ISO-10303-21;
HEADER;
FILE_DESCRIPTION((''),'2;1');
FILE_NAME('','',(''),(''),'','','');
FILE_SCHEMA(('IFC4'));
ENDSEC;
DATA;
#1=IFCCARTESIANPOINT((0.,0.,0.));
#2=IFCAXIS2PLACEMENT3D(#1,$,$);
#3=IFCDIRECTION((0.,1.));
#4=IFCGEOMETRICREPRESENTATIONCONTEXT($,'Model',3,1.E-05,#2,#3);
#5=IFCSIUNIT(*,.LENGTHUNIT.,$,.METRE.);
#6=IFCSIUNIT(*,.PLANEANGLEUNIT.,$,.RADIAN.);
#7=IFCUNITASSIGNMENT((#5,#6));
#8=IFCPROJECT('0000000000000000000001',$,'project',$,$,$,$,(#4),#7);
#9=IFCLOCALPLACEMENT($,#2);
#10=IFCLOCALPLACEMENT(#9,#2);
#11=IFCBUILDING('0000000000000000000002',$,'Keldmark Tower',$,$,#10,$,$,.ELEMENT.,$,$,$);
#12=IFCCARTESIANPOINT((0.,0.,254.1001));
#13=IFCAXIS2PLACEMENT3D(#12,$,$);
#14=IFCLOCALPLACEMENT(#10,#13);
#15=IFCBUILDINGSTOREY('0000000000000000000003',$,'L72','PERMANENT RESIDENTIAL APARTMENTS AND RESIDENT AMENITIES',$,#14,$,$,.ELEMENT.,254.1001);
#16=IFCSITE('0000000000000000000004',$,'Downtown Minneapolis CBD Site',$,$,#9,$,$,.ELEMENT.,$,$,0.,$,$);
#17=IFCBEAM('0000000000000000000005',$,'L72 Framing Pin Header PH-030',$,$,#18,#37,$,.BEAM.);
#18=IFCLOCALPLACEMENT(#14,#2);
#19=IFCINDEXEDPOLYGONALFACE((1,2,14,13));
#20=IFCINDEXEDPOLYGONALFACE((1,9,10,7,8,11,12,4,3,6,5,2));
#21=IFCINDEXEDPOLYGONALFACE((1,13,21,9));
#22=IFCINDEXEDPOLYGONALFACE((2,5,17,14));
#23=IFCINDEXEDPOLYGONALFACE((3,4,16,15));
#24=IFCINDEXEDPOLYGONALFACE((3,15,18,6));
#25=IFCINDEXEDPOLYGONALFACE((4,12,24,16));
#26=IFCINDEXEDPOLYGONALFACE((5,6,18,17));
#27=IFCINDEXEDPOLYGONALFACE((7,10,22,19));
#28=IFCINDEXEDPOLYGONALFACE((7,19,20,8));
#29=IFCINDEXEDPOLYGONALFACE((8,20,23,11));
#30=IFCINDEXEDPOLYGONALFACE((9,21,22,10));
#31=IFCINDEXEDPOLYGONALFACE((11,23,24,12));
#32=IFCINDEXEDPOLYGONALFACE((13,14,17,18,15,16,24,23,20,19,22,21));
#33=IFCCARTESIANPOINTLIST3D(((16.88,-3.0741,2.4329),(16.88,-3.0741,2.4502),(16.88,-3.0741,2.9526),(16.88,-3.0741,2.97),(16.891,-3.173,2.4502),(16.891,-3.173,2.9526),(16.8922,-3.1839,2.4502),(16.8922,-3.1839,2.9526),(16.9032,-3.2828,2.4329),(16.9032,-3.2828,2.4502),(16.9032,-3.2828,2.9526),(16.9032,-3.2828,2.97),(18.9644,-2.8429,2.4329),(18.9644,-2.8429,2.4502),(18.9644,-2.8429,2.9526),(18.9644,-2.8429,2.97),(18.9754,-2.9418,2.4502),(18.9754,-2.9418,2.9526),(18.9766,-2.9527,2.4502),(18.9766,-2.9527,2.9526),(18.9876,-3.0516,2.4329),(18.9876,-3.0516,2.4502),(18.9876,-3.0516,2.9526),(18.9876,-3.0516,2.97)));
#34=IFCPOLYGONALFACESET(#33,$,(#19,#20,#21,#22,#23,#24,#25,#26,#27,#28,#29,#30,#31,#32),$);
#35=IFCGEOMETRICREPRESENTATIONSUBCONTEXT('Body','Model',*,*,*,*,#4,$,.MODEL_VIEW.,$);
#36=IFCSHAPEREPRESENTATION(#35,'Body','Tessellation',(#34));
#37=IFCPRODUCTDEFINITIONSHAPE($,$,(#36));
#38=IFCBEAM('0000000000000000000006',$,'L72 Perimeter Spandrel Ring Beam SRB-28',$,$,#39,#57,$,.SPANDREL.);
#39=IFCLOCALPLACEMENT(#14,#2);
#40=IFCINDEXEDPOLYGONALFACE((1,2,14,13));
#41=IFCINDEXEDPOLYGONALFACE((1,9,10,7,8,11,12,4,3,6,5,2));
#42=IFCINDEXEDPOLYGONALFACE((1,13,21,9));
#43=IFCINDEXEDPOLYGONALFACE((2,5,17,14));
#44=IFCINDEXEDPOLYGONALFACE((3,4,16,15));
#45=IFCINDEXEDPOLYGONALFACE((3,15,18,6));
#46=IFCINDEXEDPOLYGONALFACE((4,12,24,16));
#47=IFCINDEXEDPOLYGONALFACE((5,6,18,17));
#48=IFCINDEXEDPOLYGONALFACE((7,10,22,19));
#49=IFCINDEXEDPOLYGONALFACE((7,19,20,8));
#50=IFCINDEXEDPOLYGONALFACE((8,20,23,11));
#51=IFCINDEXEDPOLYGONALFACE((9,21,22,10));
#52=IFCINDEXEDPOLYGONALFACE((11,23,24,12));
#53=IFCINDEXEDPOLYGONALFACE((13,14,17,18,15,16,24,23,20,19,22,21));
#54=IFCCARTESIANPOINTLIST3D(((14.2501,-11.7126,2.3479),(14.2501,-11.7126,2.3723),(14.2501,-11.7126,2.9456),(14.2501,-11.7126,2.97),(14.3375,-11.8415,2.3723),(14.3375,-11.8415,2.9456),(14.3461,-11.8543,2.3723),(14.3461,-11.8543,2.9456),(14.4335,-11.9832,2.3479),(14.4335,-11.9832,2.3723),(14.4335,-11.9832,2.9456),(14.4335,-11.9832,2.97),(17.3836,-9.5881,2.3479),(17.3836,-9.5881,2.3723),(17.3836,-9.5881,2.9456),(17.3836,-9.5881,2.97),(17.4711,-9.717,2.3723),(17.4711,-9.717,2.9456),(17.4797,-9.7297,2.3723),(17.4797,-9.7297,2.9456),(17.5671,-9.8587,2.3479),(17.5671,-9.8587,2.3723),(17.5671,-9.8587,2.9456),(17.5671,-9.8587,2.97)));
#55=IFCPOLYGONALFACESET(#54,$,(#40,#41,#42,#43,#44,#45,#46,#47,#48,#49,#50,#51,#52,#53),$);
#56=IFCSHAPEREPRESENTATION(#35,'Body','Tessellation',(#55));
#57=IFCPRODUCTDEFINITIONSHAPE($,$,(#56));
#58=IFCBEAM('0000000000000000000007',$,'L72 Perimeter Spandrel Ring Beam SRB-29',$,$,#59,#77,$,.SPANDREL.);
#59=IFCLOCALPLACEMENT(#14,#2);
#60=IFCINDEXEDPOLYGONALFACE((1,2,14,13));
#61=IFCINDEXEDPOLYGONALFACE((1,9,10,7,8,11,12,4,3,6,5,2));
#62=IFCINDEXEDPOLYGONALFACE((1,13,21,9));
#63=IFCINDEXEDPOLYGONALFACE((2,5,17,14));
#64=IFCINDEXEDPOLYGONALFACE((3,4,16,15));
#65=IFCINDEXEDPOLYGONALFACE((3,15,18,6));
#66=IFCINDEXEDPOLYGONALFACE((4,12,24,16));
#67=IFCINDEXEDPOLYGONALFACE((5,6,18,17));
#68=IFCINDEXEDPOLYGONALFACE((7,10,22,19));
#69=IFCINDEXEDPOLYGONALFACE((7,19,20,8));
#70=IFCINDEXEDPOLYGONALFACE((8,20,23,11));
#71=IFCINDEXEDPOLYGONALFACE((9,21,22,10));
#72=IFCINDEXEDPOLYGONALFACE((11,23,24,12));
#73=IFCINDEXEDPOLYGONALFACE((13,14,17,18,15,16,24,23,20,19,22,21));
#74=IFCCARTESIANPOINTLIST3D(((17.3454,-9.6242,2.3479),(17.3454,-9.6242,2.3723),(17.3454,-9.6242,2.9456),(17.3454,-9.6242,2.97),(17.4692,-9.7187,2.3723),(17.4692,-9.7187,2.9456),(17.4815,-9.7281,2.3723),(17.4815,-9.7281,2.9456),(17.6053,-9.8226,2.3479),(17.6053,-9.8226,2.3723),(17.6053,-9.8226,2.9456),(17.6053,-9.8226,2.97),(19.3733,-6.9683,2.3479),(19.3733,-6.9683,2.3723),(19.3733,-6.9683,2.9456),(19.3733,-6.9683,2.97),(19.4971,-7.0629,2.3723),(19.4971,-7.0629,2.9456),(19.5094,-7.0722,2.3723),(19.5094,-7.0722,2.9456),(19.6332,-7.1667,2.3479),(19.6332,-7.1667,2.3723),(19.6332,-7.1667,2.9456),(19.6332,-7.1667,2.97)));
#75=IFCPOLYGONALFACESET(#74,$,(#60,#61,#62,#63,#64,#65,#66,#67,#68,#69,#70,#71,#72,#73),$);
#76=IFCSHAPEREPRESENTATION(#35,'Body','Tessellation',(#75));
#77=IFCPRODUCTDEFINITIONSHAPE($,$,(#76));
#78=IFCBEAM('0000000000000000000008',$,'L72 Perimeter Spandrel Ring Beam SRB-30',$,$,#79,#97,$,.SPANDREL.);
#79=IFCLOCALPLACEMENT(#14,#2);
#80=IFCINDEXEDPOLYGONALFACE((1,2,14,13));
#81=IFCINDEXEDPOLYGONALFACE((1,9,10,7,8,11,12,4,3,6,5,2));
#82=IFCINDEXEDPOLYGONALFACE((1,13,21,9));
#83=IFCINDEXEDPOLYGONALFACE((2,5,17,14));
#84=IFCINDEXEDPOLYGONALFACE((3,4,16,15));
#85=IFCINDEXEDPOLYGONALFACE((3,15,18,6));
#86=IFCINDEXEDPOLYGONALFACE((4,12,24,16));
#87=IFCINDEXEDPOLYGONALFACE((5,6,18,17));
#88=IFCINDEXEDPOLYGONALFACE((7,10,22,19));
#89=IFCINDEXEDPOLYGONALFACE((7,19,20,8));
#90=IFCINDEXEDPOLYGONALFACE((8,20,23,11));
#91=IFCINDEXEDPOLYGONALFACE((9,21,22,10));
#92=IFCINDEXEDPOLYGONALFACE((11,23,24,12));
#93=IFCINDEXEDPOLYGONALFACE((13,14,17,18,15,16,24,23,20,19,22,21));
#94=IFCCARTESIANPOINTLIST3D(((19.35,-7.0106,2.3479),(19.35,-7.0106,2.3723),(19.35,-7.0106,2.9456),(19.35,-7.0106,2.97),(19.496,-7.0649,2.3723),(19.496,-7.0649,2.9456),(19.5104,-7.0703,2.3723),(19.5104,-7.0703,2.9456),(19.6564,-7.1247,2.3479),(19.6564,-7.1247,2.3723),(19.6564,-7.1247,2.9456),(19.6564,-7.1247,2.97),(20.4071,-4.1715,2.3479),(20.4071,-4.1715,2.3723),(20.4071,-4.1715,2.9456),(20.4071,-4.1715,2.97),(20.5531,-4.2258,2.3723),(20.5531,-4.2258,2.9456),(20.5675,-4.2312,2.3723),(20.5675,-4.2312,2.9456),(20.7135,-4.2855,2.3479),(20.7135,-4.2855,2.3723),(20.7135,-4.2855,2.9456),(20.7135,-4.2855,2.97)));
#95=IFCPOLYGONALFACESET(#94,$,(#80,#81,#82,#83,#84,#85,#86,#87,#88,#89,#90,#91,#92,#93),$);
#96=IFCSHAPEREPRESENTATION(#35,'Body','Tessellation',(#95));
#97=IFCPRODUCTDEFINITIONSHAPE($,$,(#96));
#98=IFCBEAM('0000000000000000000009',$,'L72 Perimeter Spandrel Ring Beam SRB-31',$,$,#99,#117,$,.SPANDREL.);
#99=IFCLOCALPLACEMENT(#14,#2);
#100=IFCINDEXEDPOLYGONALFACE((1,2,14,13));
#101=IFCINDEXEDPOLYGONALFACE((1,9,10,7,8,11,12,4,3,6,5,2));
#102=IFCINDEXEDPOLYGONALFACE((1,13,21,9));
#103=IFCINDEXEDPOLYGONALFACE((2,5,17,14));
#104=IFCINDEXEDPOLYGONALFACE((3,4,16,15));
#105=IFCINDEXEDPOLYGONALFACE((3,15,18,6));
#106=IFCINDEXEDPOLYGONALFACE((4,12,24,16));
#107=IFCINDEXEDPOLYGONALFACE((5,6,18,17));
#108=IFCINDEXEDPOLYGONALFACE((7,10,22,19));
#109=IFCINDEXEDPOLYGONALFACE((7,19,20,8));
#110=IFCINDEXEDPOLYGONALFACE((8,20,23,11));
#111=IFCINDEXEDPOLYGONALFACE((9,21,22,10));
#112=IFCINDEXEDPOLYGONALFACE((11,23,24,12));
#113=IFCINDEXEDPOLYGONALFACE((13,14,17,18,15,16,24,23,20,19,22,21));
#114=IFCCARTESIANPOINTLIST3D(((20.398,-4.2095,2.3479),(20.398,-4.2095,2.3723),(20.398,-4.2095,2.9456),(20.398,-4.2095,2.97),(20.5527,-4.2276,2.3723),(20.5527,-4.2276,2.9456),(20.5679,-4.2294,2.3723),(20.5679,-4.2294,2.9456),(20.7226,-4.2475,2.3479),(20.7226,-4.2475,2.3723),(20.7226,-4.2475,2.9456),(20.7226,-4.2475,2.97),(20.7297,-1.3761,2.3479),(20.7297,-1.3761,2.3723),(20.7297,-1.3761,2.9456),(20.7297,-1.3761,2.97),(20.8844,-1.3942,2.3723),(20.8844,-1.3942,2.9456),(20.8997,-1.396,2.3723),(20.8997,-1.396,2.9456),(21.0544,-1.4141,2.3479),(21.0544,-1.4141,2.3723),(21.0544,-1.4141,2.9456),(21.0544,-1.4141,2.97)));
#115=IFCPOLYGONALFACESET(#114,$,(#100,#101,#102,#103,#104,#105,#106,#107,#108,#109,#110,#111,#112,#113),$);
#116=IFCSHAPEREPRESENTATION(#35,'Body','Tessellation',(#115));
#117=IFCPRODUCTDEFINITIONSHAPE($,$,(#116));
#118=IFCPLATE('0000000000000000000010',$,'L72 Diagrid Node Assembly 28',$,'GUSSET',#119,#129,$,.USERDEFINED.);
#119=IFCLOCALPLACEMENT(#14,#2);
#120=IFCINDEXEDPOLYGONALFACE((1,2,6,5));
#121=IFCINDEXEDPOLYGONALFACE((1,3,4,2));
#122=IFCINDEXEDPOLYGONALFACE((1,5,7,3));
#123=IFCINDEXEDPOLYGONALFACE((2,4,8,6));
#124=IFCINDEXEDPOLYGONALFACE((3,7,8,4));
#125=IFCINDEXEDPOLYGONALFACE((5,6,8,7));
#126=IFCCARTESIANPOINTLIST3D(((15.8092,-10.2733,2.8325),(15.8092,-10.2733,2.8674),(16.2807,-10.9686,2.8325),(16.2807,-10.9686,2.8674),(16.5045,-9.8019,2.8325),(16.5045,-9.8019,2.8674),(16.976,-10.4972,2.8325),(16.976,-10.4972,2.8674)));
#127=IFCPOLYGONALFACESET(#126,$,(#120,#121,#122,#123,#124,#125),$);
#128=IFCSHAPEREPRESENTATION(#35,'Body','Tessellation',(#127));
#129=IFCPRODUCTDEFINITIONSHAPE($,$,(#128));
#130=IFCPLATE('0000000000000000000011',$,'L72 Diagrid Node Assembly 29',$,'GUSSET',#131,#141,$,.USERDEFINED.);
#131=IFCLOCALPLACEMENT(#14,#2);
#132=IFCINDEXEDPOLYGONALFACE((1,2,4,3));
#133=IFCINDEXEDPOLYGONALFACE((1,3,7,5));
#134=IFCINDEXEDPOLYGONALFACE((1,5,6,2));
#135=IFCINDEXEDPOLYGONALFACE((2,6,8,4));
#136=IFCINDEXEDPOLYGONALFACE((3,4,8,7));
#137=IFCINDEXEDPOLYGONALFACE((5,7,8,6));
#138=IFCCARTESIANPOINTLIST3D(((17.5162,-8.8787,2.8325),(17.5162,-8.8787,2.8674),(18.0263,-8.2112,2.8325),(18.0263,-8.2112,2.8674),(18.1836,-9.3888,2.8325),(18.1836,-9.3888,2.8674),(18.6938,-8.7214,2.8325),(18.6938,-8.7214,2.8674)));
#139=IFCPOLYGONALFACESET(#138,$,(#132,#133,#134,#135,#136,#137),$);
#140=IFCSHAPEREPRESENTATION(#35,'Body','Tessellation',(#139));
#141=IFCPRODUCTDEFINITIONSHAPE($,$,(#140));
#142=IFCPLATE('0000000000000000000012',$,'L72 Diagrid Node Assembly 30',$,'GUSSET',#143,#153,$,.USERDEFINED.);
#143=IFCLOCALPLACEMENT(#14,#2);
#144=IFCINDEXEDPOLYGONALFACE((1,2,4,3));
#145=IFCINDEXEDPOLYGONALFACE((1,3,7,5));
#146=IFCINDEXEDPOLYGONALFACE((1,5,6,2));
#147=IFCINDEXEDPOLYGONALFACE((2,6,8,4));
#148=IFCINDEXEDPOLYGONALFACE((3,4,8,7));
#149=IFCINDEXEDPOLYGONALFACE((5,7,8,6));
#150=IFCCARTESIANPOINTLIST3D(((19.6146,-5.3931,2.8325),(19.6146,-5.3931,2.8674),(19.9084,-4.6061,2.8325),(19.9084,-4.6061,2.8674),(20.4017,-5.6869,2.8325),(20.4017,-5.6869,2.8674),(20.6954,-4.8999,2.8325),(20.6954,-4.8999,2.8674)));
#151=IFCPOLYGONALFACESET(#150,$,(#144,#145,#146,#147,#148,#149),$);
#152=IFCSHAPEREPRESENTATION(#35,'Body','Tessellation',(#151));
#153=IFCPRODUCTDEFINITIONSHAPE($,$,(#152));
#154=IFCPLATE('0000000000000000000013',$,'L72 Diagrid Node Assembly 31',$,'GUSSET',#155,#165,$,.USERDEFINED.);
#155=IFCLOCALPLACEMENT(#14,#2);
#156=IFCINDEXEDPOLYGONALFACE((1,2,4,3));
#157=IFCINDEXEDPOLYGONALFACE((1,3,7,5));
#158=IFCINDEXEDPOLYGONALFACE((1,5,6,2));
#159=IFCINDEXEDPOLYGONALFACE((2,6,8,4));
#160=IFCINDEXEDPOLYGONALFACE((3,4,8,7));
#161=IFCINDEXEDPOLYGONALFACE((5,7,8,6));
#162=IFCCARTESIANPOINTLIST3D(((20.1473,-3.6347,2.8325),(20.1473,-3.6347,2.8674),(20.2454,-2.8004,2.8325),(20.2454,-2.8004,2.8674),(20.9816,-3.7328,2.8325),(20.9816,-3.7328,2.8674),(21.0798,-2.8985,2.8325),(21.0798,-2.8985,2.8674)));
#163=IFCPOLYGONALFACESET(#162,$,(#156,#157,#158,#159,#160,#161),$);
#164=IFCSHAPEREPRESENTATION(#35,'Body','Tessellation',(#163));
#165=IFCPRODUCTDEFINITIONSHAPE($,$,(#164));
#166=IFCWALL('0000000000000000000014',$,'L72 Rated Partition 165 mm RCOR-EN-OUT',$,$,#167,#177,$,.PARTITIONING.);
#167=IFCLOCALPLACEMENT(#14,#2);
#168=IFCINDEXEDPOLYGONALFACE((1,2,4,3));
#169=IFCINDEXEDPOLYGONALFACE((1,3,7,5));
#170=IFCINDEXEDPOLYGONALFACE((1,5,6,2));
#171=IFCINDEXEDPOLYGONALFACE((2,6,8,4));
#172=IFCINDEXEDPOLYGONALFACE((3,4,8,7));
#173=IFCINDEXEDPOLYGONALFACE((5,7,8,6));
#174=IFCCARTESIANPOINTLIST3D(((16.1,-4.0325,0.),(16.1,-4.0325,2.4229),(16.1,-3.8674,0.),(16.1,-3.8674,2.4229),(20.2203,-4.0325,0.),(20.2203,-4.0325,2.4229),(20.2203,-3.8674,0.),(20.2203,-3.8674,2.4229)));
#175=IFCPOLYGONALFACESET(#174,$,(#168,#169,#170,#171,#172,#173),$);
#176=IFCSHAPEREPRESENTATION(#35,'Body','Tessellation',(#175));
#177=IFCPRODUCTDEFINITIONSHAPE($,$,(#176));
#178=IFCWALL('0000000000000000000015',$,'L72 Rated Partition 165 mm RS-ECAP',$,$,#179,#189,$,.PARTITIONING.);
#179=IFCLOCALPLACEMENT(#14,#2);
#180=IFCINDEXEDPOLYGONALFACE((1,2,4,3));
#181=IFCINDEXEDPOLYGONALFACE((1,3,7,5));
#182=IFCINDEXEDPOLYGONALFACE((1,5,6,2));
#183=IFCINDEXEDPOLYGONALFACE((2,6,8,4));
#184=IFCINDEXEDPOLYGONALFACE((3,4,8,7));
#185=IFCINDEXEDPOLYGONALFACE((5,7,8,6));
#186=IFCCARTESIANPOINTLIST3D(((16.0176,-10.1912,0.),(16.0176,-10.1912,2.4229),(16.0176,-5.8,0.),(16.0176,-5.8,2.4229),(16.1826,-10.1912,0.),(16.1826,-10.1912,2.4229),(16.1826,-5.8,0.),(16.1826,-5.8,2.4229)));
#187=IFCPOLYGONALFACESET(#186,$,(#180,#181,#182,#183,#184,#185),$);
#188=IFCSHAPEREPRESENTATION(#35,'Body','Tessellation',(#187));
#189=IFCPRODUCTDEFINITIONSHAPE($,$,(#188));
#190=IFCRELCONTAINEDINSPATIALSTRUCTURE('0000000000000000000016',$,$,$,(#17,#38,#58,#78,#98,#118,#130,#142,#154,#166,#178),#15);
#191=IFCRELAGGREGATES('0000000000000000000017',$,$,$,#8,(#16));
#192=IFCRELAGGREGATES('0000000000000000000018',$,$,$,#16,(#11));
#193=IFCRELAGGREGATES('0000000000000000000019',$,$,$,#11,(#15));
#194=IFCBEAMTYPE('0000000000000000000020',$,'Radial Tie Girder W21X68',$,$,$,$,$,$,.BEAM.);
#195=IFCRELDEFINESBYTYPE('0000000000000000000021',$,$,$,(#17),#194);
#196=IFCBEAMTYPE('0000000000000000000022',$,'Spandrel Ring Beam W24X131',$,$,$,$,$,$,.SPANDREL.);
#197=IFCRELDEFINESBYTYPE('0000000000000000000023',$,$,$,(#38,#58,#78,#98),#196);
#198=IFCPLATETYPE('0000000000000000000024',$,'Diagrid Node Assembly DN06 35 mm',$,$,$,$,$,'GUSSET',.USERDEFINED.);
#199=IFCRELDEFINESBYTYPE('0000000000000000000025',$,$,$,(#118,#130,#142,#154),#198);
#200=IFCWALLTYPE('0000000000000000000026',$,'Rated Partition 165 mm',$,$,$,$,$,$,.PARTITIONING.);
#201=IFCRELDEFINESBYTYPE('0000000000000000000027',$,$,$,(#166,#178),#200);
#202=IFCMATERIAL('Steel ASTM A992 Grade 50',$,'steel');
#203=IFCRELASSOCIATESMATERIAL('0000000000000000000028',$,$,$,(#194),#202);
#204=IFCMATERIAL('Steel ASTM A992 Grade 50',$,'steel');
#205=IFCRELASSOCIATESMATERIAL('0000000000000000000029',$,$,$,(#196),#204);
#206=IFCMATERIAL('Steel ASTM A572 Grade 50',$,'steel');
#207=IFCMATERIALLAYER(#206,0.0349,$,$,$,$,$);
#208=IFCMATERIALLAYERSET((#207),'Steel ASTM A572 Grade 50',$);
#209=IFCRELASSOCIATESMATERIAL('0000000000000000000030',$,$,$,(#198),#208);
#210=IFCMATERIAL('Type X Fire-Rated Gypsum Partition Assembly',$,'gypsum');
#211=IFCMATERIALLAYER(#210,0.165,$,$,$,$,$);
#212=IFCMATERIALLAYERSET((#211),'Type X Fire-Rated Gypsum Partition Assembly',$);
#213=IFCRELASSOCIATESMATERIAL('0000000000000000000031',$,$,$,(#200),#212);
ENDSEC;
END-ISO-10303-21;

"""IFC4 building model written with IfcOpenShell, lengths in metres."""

from ifc_helpers import new_model, si_unit, direction, frame, frame_2d, origin, origin_2d, place, context, subcontext, project, spatial, rectangle, i_section, extrude, material, layer, layer_set, material_profile, profile_set, type_object, element, save


model = new_model("IFC4")

# Units and contexts
model_context = context("Model", 3, precision=1e-05, world=origin(), true_north=direction((0.0, 1.0)))
body_context = subcontext(model_context, "Body", "Model", "MODEL_VIEW")
ifc_project = project(units=[si_unit("LENGTHUNIT", "METRE"), si_unit("PLANEANGLEUNIT", "RADIAN")], contexts=[model_context])

# Site, building, storey
site_placement = place(None, origin())
site = spatial("IfcSite", under=ifc_project, at=site_placement, Name="Downtown Minneapolis CBD Site", CompositionType="ELEMENT", RefElevation=0.0)
building_placement = place(site_placement, origin())
building = spatial("IfcBuilding", under=site, at=building_placement, Name="Keldmark Tower", CompositionType="ELEMENT")
storey_placement = place(building_placement, frame((0.0, 0.0, 254.1001)))
storey = spatial("IfcBuildingStorey", under=building, at=storey_placement, Name="L72", Description="PERMANENT RESIDENTIAL APARTMENTS AND RESIDENT AMENITIES", CompositionType="ELEMENT", Elevation=254.1001)

# Beams
ifc_material_1 = material(Name="Steel ASTM A992 Grade 50", Category="steel")
ifc_material_profile_1 = material_profile(ifc_material_1, i_section(OverallWidth=0.21, OverallDepth=0.5371, WebThickness=0.011, FlangeThickness=0.0173, at=origin_2d()), Name="W21X68")
ifc_profile_set_1 = profile_set([ifc_material_profile_1], Name="Steel ASTM A992 Grade 50")
beam_type_1 = type_object("IfcBeamType", Name="Radial Tie Girder W21X68", PredefinedType="BEAM", material=ifc_profile_set_1)
beam_1_placement = place(storey_placement, frame((16.8916, -3.1785, 2.7014), z_axis=(0.993905, 0.11024, 0.0), x_axis=(-0.11024, 0.993905, 0.0)))
element("IfcBeam", 1, at=beam_1_placement, inside=storey, type_object=beam_type_1, Name="L72 Framing Pin Header PH-030", PredefinedType="BEAM", context=body_context, shape_type="SweptSolid", body=[
    extrude(i_section(OverallWidth=0.21, OverallDepth=0.5371, WebThickness=0.011, FlangeThickness=0.0173, at=origin_2d()), origin(), (0.0, 0.0, 1.0), 2.0972),
])
ifc_material_2 = material(Name="Steel ASTM A992 Grade 50", Category="steel")
ifc_material_profile_2 = material_profile(ifc_material_2, i_section(OverallWidth=0.3269, OverallDepth=0.6221, WebThickness=0.0154, FlangeThickness=0.0244, at=origin_2d()), Name="W24X131")
ifc_profile_set_2 = profile_set([ifc_material_profile_2], Name="Steel ASTM A992 Grade 50")
beam_type_2 = type_object("IfcBeamType", Name="Spandrel Ring Beam W24X131", PredefinedType="SPANDREL", material=ifc_profile_set_2)
beam_2_placement = place(storey_placement, frame((14.3418, -11.8479, 2.6589), z_axis=(0.827699, 0.561172, 0.0), x_axis=(-0.561172, 0.827699, 0.0)))
element("IfcBeam", 2, at=beam_2_placement, inside=storey, type_object=beam_type_2, Name="L72 Perimeter Spandrel Ring Beam SRB-28", PredefinedType="SPANDREL", context=body_context, shape_type="SweptSolid", body=[
    extrude(i_section(OverallWidth=0.3269, OverallDepth=0.6221, WebThickness=0.0154, FlangeThickness=0.0244, at=origin_2d()), origin(), (0.0, 0.0, 1.0), 3.7859),
])
beam_3_placement = place(storey_placement, frame((17.4753, -9.7234, 2.6589), z_axis=(0.606875, 0.794797, 0.0), x_axis=(-0.794797, 0.606875, 0.0)))
element("IfcBeam", 3, at=beam_3_placement, inside=storey, type_object=beam_type_2, Name="L72 Perimeter Spandrel Ring Beam SRB-29", PredefinedType="SPANDREL", context=body_context, shape_type="SweptSolid", body=[
    extrude(i_section(OverallWidth=0.3269, OverallDepth=0.6221, WebThickness=0.0154, FlangeThickness=0.0244, at=origin_2d()), origin(), (0.0, 0.0, 1.0), 3.3416),
])
beam_4_placement = place(storey_placement, frame((19.5032, -7.0676, 2.6589), z_axis=(0.348941, 0.937145, 0.0), x_axis=(-0.937145, 0.348941, 0.0)))
element("IfcBeam", 4, at=beam_4_placement, inside=storey, type_object=beam_type_2, Name="L72 Perimeter Spandrel Ring Beam SRB-30", PredefinedType="SPANDREL", context=body_context, shape_type="SweptSolid", body=[
    extrude(i_section(OverallWidth=0.3269, OverallDepth=0.6221, WebThickness=0.0154, FlangeThickness=0.0244, at=origin_2d()), origin(), (0.0, 0.0, 1.0), 3.0295),
])
beam_5_placement = place(storey_placement, frame((20.5603, -4.2285, 2.6589), z_axis=(0.1163, 0.993214, 0.0), x_axis=(-0.993214, 0.1163, 0.0)))
element("IfcBeam", 5, at=beam_5_placement, inside=storey, type_object=beam_type_2, Name="L72 Perimeter Spandrel Ring Beam SRB-31", PredefinedType="SPANDREL", context=body_context, shape_type="SweptSolid", body=[
    extrude(i_section(OverallWidth=0.3269, OverallDepth=0.6221, WebThickness=0.0154, FlangeThickness=0.0244, at=origin_2d()), origin(), (0.0, 0.0, 1.0), 2.8528),
])

# Plates
ifc_material_3 = material(Name="Steel ASTM A572 Grade 50", Category="steel")
ifc_layer_1 = layer(ifc_material_3, 0.0349)
ifc_layer_set_1 = layer_set([ifc_layer_1], Name="Steel ASTM A572 Grade 50")
plate_type = type_object("IfcPlateType", Name="Diagrid Node Assembly DN06 35 mm", ElementType="GUSSET", PredefinedType="USERDEFINED", material=ifc_layer_set_1)
for number, where, z_axis, x_axis, name in (
    (6, (16.3926, -10.3853, 2.8325), (0.0, 0.0, 1.0), (0.827669, 0.561217, 0.0), "L72 Diagrid Node Assembly 28"),
    (7, (18.105, -8.8, 2.8325), (0.0, 0.0, 1.0), (0.607237, 0.794521, 0.0), "L72 Diagrid Node Assembly 29"),
    (8, (20.155, -5.1465, 2.8325), (0.0, 0.0, 1.0), (0.349717, 0.936855, 0.0), "L72 Diagrid Node Assembly 30"),
    (9, (20.6135, -3.2666, 2.8325), (0.0, 0.0, 1.0), (0.116844, 0.99315, 0.0), "L72 Diagrid Node Assembly 31"),
):
    element("IfcPlate", number, at=place(storey_placement, frame(where, z_axis=z_axis, x_axis=x_axis)), inside=storey, type_object=plate_type, Name=name, ObjectType="GUSSET", PredefinedType="USERDEFINED", context=body_context, shape_type="SweptSolid", body=[
        extrude(rectangle(XDim=0.8401, YDim=0.8401, at=origin_2d()), origin(), (0.0, 0.0, 1.0), 0.0349),
    ])

# Wall
ifc_material_4 = material(Name="Type X Fire-Rated Gypsum Partition Assembly", Category="gypsum")
ifc_layer_2 = layer(ifc_material_4, 0.165)
ifc_layer_set_2 = layer_set([ifc_layer_2], Name="Type X Fire-Rated Gypsum Partition Assembly")
wall_type_1 = type_object("IfcWallType", Name="Rated Partition 165 mm", PredefinedType="PARTITIONING", material=ifc_layer_set_2)
wall_1_placement = place(storey_placement, frame((16.1001, -3.95, 0.0), z_axis=(0.0, 0.0, 1.0), x_axis=(1.0, 0.0, 0.0)))
element("IfcWall", 10, at=wall_1_placement, inside=storey, type_object=wall_type_1, Name="L72 Rated Partition 165 mm RCOR-EN-OUT", PredefinedType="PARTITIONING", context=body_context, shape_type="SweptSolid", body=[
    extrude(rectangle(XDim=4.1204, YDim=0.165, at=frame_2d((2.0601, 0.0))), origin(), (0.0, 0.0, 1.0), 2.4229),
])

# Wall
wall_2_placement = place(storey_placement, frame((16.1001, -10.1912, 0.0), z_axis=(0.0, 0.0, 1.0), x_axis=(0.0, 1.0, 0.0)))
element("IfcWall", 11, at=wall_2_placement, inside=storey, type_object=wall_type_1, Name="L72 Rated Partition 165 mm RS-ECAP", PredefinedType="PARTITIONING", context=body_context, shape_type="SweptSolid", body=[
    extrude(rectangle(XDim=4.3911, YDim=0.165, at=frame_2d((2.1956, 0.0))), origin(), (0.0, 0.0, 1.0), 2.4229),
])

save(model, "model.ifc")
